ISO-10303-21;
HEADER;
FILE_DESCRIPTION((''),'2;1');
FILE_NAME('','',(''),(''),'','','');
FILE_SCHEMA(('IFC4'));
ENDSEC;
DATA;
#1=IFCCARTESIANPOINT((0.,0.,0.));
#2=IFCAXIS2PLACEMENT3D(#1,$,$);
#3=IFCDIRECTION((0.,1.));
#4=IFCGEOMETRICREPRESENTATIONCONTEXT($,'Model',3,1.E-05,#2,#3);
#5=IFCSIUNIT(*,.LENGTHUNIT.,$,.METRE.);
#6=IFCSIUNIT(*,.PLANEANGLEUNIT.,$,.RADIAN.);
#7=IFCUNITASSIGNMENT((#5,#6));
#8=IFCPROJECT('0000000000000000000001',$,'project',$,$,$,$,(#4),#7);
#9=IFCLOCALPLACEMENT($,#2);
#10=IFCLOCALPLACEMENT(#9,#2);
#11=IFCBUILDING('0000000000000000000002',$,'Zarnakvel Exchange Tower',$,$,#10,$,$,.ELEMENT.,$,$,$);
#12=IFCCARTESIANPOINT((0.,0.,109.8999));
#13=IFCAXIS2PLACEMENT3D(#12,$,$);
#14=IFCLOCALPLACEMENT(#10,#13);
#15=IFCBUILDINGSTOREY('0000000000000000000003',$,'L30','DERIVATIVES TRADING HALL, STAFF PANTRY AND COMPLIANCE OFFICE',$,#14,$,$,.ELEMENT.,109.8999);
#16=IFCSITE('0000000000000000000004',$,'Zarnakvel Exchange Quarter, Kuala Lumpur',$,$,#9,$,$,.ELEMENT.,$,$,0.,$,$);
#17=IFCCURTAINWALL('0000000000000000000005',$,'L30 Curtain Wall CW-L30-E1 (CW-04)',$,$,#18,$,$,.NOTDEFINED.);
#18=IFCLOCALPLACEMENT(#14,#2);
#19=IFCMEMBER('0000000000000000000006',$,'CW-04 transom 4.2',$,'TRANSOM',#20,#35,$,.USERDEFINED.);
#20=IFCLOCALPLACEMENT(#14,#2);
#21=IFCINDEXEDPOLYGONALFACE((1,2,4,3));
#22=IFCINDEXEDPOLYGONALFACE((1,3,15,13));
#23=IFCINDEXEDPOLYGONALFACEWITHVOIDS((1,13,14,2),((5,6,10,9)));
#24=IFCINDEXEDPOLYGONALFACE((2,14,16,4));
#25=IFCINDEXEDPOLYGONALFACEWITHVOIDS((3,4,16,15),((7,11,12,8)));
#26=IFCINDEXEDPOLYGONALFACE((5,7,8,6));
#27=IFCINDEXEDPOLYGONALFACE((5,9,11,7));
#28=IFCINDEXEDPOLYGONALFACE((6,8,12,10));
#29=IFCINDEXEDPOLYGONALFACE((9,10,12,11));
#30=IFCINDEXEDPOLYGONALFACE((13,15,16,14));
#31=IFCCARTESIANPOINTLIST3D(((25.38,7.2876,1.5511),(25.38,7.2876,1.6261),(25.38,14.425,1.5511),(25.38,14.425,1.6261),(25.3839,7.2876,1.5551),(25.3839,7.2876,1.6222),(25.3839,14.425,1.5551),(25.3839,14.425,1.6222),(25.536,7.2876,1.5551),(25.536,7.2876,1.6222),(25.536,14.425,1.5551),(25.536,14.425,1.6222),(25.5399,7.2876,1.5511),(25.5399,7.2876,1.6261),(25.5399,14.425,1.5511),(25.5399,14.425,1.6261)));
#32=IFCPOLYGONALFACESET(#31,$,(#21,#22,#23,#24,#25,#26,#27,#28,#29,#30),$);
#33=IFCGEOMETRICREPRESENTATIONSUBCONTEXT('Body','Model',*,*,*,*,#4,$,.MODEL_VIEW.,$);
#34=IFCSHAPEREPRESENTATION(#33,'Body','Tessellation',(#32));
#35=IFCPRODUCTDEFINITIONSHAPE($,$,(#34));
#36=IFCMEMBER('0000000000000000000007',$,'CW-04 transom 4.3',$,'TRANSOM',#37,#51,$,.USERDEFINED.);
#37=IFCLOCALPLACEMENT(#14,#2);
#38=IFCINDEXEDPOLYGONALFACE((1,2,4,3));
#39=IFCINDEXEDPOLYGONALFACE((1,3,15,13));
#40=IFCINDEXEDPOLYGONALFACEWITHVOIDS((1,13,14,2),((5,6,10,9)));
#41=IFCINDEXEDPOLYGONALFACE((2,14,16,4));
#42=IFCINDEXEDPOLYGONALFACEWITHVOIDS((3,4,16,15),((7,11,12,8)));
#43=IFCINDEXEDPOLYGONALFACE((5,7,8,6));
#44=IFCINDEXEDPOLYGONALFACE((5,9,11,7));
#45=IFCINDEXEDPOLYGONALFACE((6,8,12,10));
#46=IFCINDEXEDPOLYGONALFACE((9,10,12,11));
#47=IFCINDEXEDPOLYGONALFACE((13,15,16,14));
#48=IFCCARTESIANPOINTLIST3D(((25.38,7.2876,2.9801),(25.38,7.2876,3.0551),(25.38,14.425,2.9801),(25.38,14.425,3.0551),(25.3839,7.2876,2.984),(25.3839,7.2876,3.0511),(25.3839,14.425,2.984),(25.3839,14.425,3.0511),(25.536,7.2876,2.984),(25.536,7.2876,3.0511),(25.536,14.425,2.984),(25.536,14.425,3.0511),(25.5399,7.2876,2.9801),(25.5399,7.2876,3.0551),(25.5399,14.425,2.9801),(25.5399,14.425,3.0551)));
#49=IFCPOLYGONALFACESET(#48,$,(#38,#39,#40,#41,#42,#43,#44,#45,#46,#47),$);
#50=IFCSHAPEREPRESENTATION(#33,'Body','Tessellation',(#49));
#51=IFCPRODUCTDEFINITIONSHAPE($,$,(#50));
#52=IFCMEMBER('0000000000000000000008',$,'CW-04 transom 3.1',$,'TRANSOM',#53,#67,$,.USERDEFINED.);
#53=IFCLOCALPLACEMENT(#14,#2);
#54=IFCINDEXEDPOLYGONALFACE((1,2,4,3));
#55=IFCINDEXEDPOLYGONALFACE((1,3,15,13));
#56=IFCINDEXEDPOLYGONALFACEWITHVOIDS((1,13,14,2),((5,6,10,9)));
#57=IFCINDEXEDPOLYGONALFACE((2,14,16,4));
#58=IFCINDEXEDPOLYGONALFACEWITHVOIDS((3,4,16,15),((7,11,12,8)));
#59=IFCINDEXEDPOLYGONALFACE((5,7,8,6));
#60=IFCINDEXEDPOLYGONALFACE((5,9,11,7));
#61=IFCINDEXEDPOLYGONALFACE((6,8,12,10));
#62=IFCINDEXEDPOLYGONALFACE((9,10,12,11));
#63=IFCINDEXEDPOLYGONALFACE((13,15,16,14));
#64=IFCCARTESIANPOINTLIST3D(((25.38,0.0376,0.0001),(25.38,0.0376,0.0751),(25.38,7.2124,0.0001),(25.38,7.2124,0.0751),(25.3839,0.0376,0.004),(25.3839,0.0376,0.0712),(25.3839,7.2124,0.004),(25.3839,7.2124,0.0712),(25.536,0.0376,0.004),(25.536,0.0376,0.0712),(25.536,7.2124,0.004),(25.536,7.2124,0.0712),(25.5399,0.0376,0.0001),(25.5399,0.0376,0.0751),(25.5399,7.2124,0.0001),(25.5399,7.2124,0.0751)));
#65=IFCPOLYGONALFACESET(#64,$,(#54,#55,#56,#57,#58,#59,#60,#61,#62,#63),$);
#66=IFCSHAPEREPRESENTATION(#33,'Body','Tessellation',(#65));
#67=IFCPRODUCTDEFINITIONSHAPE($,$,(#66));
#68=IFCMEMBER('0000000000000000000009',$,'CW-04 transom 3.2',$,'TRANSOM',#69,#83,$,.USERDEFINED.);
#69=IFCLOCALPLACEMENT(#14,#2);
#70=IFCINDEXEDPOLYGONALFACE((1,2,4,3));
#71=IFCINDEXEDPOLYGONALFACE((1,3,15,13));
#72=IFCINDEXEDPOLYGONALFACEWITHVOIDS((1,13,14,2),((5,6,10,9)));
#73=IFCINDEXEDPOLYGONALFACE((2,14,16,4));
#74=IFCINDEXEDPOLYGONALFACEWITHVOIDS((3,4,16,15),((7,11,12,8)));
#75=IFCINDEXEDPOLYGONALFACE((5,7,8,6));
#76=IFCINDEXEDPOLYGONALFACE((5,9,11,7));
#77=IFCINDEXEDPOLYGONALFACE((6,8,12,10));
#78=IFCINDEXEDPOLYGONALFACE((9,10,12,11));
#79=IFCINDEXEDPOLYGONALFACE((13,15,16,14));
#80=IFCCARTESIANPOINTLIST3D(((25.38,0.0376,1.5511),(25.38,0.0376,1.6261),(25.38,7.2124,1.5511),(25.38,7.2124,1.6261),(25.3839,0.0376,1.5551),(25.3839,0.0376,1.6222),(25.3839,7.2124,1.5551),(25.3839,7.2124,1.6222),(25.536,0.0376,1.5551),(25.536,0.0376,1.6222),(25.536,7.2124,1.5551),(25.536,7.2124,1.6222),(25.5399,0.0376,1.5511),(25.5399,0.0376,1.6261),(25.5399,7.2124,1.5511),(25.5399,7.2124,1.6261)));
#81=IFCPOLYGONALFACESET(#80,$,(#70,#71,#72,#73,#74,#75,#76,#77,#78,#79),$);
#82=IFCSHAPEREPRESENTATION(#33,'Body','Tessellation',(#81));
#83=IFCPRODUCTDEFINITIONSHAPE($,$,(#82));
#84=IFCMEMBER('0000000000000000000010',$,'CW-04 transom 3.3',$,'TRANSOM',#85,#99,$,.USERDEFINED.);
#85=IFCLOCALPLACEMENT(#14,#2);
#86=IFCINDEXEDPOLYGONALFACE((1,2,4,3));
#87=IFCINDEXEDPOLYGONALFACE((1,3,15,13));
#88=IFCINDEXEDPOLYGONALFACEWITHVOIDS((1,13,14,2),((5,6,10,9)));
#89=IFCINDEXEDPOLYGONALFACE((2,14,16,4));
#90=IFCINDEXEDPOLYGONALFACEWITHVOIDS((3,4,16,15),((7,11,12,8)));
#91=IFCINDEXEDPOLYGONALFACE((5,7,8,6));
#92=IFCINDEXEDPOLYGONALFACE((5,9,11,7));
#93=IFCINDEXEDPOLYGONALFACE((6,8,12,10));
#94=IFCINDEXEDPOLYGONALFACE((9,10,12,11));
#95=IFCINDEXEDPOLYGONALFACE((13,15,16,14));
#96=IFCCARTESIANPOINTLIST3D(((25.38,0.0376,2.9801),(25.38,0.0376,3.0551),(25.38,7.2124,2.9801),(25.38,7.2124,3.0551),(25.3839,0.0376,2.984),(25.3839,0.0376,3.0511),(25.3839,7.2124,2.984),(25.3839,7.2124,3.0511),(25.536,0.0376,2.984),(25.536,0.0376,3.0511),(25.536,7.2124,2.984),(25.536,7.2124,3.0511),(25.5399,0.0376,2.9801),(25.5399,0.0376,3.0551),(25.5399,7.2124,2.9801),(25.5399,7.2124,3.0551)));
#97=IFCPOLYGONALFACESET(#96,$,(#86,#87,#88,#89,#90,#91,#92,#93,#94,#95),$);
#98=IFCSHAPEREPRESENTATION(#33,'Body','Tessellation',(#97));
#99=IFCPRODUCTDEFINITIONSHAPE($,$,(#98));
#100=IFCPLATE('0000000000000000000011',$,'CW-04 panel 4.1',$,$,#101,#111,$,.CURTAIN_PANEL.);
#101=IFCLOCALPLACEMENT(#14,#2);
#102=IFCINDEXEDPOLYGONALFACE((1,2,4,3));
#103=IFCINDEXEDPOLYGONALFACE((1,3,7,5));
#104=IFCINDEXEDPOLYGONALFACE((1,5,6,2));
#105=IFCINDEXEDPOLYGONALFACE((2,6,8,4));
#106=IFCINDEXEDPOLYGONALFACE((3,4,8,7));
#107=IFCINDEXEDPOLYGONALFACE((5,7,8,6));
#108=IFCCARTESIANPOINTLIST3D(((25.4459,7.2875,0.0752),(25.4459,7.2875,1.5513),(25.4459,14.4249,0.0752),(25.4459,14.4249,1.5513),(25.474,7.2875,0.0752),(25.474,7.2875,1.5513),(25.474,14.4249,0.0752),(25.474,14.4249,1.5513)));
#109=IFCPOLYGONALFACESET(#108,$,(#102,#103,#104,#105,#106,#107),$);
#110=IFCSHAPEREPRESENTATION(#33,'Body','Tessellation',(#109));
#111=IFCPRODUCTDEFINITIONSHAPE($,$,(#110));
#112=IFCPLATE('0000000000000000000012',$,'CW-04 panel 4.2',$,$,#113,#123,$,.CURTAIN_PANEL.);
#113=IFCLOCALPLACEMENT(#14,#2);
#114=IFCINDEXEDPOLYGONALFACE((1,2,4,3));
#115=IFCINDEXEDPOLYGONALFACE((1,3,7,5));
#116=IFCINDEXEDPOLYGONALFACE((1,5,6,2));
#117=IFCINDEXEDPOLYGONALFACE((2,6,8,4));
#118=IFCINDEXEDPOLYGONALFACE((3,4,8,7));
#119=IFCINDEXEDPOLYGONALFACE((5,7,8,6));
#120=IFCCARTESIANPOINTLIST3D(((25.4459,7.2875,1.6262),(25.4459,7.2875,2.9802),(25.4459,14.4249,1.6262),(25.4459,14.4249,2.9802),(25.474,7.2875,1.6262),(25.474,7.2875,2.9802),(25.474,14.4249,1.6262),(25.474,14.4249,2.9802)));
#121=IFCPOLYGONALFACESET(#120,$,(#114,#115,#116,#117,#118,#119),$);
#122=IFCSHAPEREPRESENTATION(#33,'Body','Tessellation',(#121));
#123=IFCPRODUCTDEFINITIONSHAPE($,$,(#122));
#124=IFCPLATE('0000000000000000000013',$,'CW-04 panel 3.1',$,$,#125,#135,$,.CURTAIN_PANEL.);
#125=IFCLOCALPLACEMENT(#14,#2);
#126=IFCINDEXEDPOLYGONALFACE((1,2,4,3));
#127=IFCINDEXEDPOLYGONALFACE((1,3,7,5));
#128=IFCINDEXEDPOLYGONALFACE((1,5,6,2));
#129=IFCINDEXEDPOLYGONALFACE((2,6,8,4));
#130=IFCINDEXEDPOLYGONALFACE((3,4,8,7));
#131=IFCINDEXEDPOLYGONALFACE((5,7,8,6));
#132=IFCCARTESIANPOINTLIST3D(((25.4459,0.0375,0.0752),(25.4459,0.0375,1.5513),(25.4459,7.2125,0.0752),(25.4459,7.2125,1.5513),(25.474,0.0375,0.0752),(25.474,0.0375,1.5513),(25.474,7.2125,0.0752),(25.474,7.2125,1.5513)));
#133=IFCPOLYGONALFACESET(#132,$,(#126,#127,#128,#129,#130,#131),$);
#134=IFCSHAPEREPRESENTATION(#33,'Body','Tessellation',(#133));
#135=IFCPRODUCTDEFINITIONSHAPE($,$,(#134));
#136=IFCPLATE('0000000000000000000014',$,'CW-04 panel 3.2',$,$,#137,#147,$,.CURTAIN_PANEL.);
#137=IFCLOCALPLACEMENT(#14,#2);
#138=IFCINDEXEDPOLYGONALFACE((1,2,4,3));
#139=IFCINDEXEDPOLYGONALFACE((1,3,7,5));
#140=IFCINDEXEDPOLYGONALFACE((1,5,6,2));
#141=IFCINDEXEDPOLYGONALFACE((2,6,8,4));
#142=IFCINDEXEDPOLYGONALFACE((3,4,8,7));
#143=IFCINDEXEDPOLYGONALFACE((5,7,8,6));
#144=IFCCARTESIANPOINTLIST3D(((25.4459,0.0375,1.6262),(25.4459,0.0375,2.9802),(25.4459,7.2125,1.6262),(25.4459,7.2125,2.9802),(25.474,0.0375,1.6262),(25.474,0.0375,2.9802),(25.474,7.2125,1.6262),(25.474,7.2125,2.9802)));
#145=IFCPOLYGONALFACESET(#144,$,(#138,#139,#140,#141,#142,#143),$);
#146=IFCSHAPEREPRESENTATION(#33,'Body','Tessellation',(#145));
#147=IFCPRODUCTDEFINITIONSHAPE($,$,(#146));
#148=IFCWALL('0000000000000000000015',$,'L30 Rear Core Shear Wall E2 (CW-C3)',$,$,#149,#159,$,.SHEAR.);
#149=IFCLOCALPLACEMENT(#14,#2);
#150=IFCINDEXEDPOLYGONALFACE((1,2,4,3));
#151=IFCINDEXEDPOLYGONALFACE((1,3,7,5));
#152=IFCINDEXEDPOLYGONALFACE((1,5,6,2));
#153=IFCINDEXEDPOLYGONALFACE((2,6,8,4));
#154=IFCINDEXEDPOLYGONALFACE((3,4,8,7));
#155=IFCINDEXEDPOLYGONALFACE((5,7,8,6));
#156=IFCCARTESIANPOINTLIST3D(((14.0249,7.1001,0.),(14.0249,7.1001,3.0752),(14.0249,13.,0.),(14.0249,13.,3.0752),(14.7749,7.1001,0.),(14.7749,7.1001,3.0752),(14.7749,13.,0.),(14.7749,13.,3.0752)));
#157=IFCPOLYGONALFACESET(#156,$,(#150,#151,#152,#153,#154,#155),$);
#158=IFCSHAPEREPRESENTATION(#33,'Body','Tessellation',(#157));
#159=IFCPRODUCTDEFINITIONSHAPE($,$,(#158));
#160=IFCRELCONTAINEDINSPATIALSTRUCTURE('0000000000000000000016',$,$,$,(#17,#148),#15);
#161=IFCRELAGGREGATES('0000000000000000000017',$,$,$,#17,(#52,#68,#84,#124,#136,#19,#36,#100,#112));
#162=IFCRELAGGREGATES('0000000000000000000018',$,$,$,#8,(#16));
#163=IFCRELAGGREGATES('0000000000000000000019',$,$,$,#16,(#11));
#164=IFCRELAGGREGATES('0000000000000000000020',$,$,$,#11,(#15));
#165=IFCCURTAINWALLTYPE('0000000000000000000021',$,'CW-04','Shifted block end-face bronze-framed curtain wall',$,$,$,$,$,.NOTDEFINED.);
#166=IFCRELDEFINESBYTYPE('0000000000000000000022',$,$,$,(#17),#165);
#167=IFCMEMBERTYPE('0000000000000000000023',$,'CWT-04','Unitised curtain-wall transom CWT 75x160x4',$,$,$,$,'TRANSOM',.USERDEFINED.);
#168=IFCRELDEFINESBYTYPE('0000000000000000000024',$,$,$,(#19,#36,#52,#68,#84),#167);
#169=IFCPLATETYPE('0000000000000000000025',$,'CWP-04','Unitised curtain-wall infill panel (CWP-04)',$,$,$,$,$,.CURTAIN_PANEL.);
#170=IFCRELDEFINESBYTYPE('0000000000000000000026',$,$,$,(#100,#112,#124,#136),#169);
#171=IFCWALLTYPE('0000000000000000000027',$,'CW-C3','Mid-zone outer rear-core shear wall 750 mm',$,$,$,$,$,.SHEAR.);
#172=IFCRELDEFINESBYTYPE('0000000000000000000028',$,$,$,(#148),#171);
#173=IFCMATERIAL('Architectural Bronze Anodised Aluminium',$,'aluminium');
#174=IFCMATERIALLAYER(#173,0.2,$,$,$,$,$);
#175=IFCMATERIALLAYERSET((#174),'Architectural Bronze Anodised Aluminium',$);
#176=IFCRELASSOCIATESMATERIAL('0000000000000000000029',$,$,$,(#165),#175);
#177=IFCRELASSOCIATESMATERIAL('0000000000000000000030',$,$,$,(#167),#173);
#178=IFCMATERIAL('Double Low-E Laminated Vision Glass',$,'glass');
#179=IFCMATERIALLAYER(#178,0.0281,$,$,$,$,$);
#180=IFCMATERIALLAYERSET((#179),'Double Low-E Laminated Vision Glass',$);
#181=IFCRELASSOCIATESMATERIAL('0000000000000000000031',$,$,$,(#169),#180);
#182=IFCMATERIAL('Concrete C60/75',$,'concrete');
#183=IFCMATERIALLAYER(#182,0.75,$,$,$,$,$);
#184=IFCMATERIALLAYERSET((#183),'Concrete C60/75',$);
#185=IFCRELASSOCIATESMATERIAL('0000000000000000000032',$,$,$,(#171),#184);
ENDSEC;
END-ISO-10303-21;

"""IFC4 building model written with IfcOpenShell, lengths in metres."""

from ifc_helpers import new_model, si_unit, direction, frame, frame_2d, origin, origin_2d, place, context, subcontext, project, spatial, rectangle, hollow_rectangle, extrude, source, transform, mapped, material, layer, layer_set, material_profile, profile_set, type_object, element, aggregate, save


model = new_model("IFC4")

# Units and contexts
model_context = context("Model", 3, precision=1e-05, world=origin(), true_north=direction((0.0, 1.0)))
body_context = subcontext(model_context, "Body", "Model", "MODEL_VIEW")
ifc_project = project(units=[si_unit("LENGTHUNIT", "METRE"), si_unit("PLANEANGLEUNIT", "RADIAN")], contexts=[model_context])

# Site, building, storey
site_placement = place(None, origin())
site = spatial("IfcSite", under=ifc_project, at=site_placement, Name="Zarnakvel Exchange Quarter, Kuala Lumpur", CompositionType="ELEMENT", RefElevation=0.0)
building_placement = place(site_placement, origin())
building = spatial("IfcBuilding", under=site, at=building_placement, Name="Zarnakvel Exchange Tower", CompositionType="ELEMENT")
storey_placement = place(building_placement, frame((0.0, 0.0, 109.8999)))
storey = spatial("IfcBuildingStorey", under=building, at=storey_placement, Name="L30", Description="DERIVATIVES TRADING HALL, STAFF PANTRY AND COMPLIANCE OFFICE", CompositionType="ELEMENT", Elevation=109.8999)

# Shared definitions
ifc_material_1 = material(Name="Concrete C60/75", Category="concrete")

# Curtain wall, members, plates
ifc_material_2 = material(Name="Architectural Bronze Anodised Aluminium", Category="aluminium")
ifc_layer_1 = layer(ifc_material_2, 0.2)
ifc_layer_set_1 = layer_set([ifc_layer_1], Name="Architectural Bronze Anodised Aluminium")
curtain_wall_type = type_object("IfcCurtainWallType", Name="CW-04", Description="Shifted block end-face bronze-framed curtain wall", PredefinedType="NOTDEFINED", material=ifc_layer_set_1)
curtain_wall_placement = place(storey_placement, origin())
curtain_wall = element("IfcCurtainWall", 1, at=curtain_wall_placement, inside=storey, type_object=curtain_wall_type, Name="L30 Curtain Wall CW-L30-E1 (CW-04)", PredefinedType="NOTDEFINED")
ifc_material_profile_1 = material_profile(ifc_material_2, hollow_rectangle(XDim=0.1599, YDim=0.075, WallThickness=0.0039, at=origin_2d()))
ifc_profile_set_1 = profile_set([ifc_material_profile_1], Name="Architectural Bronze Anodised Aluminium")
member_type_1 = type_object("IfcMemberType", Name="CWT-04", Description="Unitised curtain-wall transom CWT 75x160x4", ElementType="TRANSOM", PredefinedType="USERDEFINED", material=ifc_profile_set_1)
shared_shape_1 = source(origin(), body_context, "Body", "SweptSolid", [
    extrude(hollow_rectangle(XDim=0.1599, YDim=0.075, WallThickness=0.0039, at=origin_2d()), origin(), (0.0, 0.0, 1.0), 7.1375),
])
member_1_placement = place(storey_placement, frame((25.46, 7.2876, 1.5886), z_axis=(0.0, 1.0, 0.0), x_axis=(-1.0, 0.0, 0.0)))
member_1 = element("IfcMember", 2, at=member_1_placement, type_object=member_type_1, Name="CW-04 transom 4.2", ObjectType="TRANSOM", PredefinedType="USERDEFINED", context=body_context, shape_type="MappedRepresentation", body=[
    mapped(shared_shape_1, transform((0.0, 0.0, 0.0), x_axis=(1.0, 0.0, 0.0), y_axis=(0.0, 1.0, 0.0), z_axis=(0.0, 0.0, 1.0), scale=1.0)),
])
member_2_placement = place(storey_placement, frame((25.46, 7.2876, 3.0176), z_axis=(0.0, 1.0, 0.0), x_axis=(-1.0, 0.0, 0.0)))
member_2 = element("IfcMember", 3, at=member_2_placement, type_object=member_type_1, Name="CW-04 transom 4.3", ObjectType="TRANSOM", PredefinedType="USERDEFINED", context=body_context, shape_type="MappedRepresentation", body=[
    mapped(shared_shape_1, transform((0.0, 0.0, 0.0), x_axis=(1.0, 0.0, 0.0), y_axis=(0.0, 1.0, 0.0), z_axis=(0.0, 0.0, 1.0), scale=1.0)),
])
shared_shape_2 = source(origin(), body_context, "Body", "SweptSolid", [
    extrude(hollow_rectangle(XDim=0.1599, YDim=0.075, WallThickness=0.0039, at=origin_2d()), origin(), (0.0, 0.0, 1.0), 7.1748),
])
member_3_placement = place(storey_placement, frame((25.46, 0.0376, 0.0376), z_axis=(0.0, 1.0, 0.0), x_axis=(-1.0, 0.0, 0.0)))
member_3 = element("IfcMember", 4, at=member_3_placement, type_object=member_type_1, Name="CW-04 transom 3.1", ObjectType="TRANSOM", PredefinedType="USERDEFINED", context=body_context, shape_type="MappedRepresentation", body=[
    mapped(shared_shape_2, transform((0.0, 0.0, 0.0), x_axis=(1.0, 0.0, 0.0), y_axis=(0.0, 1.0, 0.0), z_axis=(0.0, 0.0, 1.0), scale=1.0)),
])
member_4_placement = place(storey_placement, frame((25.46, 0.0376, 1.5886), z_axis=(0.0, 1.0, 0.0), x_axis=(-1.0, 0.0, 0.0)))
member_4 = element("IfcMember", 5, at=member_4_placement, type_object=member_type_1, Name="CW-04 transom 3.2", ObjectType="TRANSOM", PredefinedType="USERDEFINED", context=body_context, shape_type="MappedRepresentation", body=[
    mapped(shared_shape_2, transform((0.0, 0.0, 0.0), x_axis=(1.0, 0.0, 0.0), y_axis=(0.0, 1.0, 0.0), z_axis=(0.0, 0.0, 1.0), scale=1.0)),
])
member_5_placement = place(storey_placement, frame((25.46, 0.0376, 3.0176), z_axis=(0.0, 1.0, 0.0), x_axis=(-1.0, 0.0, 0.0)))
member_5 = element("IfcMember", 6, at=member_5_placement, type_object=member_type_1, Name="CW-04 transom 3.3", ObjectType="TRANSOM", PredefinedType="USERDEFINED", context=body_context, shape_type="MappedRepresentation", body=[
    mapped(shared_shape_2, transform((0.0, 0.0, 0.0), x_axis=(1.0, 0.0, 0.0), y_axis=(0.0, 1.0, 0.0), z_axis=(0.0, 0.0, 1.0), scale=1.0)),
])
ifc_material_3 = material(Name="Double Low-E Laminated Vision Glass", Category="glass")
ifc_layer_2 = layer(ifc_material_3, 0.0281)
ifc_layer_set_2 = layer_set([ifc_layer_2], Name="Double Low-E Laminated Vision Glass")
plate_type = type_object("IfcPlateType", Name="CWP-04", Description="Unitised curtain-wall infill panel (CWP-04)", PredefinedType="CURTAIN_PANEL", material=ifc_layer_set_2)
shared_shape_3 = source(origin(), body_context, "Body", "SweptSolid", [
    extrude(rectangle(XDim=7.1375, YDim=0.0281, at=origin_2d()), origin(), (0.0, 0.0, 1.0), 1.4761),
])
plate_1_placement = place(storey_placement, frame((25.46, 10.8562, 0.0752), z_axis=(0.0, 0.0, 1.0), x_axis=(0.0, 1.0, 0.0)))
plate_1 = element("IfcPlate", 7, at=plate_1_placement, type_object=plate_type, Name="CW-04 panel 4.1", PredefinedType="CURTAIN_PANEL", context=body_context, shape_type="MappedRepresentation", body=[
    mapped(shared_shape_3, transform((0.0, 0.0, 0.0), x_axis=(1.0, 0.0, 0.0), y_axis=(0.0, 1.0, 0.0), z_axis=(0.0, 0.0, 1.0), scale=1.0)),
])
shared_shape_4 = source(origin(), body_context, "Body", "SweptSolid", [
    extrude(rectangle(XDim=7.1375, YDim=0.0281, at=origin_2d()), origin(), (0.0, 0.0, 1.0), 1.354),
])
plate_2_placement = place(storey_placement, frame((25.46, 10.8562, 1.6262), z_axis=(0.0, 0.0, 1.0), x_axis=(0.0, 1.0, 0.0)))
plate_2 = element("IfcPlate", 8, at=plate_2_placement, type_object=plate_type, Name="CW-04 panel 4.2", PredefinedType="CURTAIN_PANEL", context=body_context, shape_type="MappedRepresentation", body=[
    mapped(shared_shape_4, transform((0.0, 0.0, 0.0), x_axis=(1.0, 0.0, 0.0), y_axis=(0.0, 1.0, 0.0), z_axis=(0.0, 0.0, 1.0), scale=1.0)),
])
shared_shape_5 = source(origin(), body_context, "Body", "SweptSolid", [
    extrude(rectangle(XDim=7.175, YDim=0.0281, at=origin_2d()), origin(), (0.0, 0.0, 1.0), 1.4761),
])
plate_3_placement = place(storey_placement, frame((25.46, 3.625, 0.0752), z_axis=(0.0, 0.0, 1.0), x_axis=(0.0, 1.0, 0.0)))
plate_3 = element("IfcPlate", 9, at=plate_3_placement, type_object=plate_type, Name="CW-04 panel 3.1", PredefinedType="CURTAIN_PANEL", context=body_context, shape_type="MappedRepresentation", body=[
    mapped(shared_shape_5, transform((0.0, 0.0, 0.0), x_axis=(1.0, 0.0, 0.0), y_axis=(0.0, 1.0, 0.0), z_axis=(0.0, 0.0, 1.0), scale=1.0)),
])
shared_shape_6 = source(origin(), body_context, "Body", "SweptSolid", [
    extrude(rectangle(XDim=7.175, YDim=0.0281, at=origin_2d()), origin(), (0.0, 0.0, 1.0), 1.354),
])
plate_4_placement = place(storey_placement, frame((25.46, 3.625, 1.6262), z_axis=(0.0, 0.0, 1.0), x_axis=(0.0, 1.0, 0.0)))
plate_4 = element("IfcPlate", 10, at=plate_4_placement, type_object=plate_type, Name="CW-04 panel 3.2", PredefinedType="CURTAIN_PANEL", context=body_context, shape_type="MappedRepresentation", body=[
    mapped(shared_shape_6, transform((0.0, 0.0, 0.0), x_axis=(1.0, 0.0, 0.0), y_axis=(0.0, 1.0, 0.0), z_axis=(0.0, 0.0, 1.0), scale=1.0)),
])
aggregate(curtain_wall, [member_3, member_4, member_5, plate_3, plate_4, member_1, member_2, plate_1, plate_2])

# Wall
ifc_layer_3 = layer(ifc_material_1, 0.75)
ifc_layer_set_3 = layer_set([ifc_layer_3], Name="Concrete C60/75")
wall_type_1 = type_object("IfcWallType", Name="CW-C3", Description="Mid-zone outer rear-core shear wall 750 mm", PredefinedType="SHEAR", material=ifc_layer_set_3)
wall_1_placement = place(storey_placement, frame((14.3999, 7.1001, 0.0), z_axis=(0.0, 0.0, 1.0), x_axis=(0.0, 1.0, 0.0)))
element("IfcWall", 11, at=wall_1_placement, inside=storey, type_object=wall_type_1, Name="L30 Rear Core Shear Wall E2 (CW-C3)", PredefinedType="SHEAR", context=body_context, shape_type="SweptSolid", body=[
    extrude(rectangle(XDim=5.8999, YDim=0.75, at=frame_2d((2.95, 0.0))), origin(), (0.0, 0.0, 1.0), 3.0752),
])

save(model, "model.ifc")
